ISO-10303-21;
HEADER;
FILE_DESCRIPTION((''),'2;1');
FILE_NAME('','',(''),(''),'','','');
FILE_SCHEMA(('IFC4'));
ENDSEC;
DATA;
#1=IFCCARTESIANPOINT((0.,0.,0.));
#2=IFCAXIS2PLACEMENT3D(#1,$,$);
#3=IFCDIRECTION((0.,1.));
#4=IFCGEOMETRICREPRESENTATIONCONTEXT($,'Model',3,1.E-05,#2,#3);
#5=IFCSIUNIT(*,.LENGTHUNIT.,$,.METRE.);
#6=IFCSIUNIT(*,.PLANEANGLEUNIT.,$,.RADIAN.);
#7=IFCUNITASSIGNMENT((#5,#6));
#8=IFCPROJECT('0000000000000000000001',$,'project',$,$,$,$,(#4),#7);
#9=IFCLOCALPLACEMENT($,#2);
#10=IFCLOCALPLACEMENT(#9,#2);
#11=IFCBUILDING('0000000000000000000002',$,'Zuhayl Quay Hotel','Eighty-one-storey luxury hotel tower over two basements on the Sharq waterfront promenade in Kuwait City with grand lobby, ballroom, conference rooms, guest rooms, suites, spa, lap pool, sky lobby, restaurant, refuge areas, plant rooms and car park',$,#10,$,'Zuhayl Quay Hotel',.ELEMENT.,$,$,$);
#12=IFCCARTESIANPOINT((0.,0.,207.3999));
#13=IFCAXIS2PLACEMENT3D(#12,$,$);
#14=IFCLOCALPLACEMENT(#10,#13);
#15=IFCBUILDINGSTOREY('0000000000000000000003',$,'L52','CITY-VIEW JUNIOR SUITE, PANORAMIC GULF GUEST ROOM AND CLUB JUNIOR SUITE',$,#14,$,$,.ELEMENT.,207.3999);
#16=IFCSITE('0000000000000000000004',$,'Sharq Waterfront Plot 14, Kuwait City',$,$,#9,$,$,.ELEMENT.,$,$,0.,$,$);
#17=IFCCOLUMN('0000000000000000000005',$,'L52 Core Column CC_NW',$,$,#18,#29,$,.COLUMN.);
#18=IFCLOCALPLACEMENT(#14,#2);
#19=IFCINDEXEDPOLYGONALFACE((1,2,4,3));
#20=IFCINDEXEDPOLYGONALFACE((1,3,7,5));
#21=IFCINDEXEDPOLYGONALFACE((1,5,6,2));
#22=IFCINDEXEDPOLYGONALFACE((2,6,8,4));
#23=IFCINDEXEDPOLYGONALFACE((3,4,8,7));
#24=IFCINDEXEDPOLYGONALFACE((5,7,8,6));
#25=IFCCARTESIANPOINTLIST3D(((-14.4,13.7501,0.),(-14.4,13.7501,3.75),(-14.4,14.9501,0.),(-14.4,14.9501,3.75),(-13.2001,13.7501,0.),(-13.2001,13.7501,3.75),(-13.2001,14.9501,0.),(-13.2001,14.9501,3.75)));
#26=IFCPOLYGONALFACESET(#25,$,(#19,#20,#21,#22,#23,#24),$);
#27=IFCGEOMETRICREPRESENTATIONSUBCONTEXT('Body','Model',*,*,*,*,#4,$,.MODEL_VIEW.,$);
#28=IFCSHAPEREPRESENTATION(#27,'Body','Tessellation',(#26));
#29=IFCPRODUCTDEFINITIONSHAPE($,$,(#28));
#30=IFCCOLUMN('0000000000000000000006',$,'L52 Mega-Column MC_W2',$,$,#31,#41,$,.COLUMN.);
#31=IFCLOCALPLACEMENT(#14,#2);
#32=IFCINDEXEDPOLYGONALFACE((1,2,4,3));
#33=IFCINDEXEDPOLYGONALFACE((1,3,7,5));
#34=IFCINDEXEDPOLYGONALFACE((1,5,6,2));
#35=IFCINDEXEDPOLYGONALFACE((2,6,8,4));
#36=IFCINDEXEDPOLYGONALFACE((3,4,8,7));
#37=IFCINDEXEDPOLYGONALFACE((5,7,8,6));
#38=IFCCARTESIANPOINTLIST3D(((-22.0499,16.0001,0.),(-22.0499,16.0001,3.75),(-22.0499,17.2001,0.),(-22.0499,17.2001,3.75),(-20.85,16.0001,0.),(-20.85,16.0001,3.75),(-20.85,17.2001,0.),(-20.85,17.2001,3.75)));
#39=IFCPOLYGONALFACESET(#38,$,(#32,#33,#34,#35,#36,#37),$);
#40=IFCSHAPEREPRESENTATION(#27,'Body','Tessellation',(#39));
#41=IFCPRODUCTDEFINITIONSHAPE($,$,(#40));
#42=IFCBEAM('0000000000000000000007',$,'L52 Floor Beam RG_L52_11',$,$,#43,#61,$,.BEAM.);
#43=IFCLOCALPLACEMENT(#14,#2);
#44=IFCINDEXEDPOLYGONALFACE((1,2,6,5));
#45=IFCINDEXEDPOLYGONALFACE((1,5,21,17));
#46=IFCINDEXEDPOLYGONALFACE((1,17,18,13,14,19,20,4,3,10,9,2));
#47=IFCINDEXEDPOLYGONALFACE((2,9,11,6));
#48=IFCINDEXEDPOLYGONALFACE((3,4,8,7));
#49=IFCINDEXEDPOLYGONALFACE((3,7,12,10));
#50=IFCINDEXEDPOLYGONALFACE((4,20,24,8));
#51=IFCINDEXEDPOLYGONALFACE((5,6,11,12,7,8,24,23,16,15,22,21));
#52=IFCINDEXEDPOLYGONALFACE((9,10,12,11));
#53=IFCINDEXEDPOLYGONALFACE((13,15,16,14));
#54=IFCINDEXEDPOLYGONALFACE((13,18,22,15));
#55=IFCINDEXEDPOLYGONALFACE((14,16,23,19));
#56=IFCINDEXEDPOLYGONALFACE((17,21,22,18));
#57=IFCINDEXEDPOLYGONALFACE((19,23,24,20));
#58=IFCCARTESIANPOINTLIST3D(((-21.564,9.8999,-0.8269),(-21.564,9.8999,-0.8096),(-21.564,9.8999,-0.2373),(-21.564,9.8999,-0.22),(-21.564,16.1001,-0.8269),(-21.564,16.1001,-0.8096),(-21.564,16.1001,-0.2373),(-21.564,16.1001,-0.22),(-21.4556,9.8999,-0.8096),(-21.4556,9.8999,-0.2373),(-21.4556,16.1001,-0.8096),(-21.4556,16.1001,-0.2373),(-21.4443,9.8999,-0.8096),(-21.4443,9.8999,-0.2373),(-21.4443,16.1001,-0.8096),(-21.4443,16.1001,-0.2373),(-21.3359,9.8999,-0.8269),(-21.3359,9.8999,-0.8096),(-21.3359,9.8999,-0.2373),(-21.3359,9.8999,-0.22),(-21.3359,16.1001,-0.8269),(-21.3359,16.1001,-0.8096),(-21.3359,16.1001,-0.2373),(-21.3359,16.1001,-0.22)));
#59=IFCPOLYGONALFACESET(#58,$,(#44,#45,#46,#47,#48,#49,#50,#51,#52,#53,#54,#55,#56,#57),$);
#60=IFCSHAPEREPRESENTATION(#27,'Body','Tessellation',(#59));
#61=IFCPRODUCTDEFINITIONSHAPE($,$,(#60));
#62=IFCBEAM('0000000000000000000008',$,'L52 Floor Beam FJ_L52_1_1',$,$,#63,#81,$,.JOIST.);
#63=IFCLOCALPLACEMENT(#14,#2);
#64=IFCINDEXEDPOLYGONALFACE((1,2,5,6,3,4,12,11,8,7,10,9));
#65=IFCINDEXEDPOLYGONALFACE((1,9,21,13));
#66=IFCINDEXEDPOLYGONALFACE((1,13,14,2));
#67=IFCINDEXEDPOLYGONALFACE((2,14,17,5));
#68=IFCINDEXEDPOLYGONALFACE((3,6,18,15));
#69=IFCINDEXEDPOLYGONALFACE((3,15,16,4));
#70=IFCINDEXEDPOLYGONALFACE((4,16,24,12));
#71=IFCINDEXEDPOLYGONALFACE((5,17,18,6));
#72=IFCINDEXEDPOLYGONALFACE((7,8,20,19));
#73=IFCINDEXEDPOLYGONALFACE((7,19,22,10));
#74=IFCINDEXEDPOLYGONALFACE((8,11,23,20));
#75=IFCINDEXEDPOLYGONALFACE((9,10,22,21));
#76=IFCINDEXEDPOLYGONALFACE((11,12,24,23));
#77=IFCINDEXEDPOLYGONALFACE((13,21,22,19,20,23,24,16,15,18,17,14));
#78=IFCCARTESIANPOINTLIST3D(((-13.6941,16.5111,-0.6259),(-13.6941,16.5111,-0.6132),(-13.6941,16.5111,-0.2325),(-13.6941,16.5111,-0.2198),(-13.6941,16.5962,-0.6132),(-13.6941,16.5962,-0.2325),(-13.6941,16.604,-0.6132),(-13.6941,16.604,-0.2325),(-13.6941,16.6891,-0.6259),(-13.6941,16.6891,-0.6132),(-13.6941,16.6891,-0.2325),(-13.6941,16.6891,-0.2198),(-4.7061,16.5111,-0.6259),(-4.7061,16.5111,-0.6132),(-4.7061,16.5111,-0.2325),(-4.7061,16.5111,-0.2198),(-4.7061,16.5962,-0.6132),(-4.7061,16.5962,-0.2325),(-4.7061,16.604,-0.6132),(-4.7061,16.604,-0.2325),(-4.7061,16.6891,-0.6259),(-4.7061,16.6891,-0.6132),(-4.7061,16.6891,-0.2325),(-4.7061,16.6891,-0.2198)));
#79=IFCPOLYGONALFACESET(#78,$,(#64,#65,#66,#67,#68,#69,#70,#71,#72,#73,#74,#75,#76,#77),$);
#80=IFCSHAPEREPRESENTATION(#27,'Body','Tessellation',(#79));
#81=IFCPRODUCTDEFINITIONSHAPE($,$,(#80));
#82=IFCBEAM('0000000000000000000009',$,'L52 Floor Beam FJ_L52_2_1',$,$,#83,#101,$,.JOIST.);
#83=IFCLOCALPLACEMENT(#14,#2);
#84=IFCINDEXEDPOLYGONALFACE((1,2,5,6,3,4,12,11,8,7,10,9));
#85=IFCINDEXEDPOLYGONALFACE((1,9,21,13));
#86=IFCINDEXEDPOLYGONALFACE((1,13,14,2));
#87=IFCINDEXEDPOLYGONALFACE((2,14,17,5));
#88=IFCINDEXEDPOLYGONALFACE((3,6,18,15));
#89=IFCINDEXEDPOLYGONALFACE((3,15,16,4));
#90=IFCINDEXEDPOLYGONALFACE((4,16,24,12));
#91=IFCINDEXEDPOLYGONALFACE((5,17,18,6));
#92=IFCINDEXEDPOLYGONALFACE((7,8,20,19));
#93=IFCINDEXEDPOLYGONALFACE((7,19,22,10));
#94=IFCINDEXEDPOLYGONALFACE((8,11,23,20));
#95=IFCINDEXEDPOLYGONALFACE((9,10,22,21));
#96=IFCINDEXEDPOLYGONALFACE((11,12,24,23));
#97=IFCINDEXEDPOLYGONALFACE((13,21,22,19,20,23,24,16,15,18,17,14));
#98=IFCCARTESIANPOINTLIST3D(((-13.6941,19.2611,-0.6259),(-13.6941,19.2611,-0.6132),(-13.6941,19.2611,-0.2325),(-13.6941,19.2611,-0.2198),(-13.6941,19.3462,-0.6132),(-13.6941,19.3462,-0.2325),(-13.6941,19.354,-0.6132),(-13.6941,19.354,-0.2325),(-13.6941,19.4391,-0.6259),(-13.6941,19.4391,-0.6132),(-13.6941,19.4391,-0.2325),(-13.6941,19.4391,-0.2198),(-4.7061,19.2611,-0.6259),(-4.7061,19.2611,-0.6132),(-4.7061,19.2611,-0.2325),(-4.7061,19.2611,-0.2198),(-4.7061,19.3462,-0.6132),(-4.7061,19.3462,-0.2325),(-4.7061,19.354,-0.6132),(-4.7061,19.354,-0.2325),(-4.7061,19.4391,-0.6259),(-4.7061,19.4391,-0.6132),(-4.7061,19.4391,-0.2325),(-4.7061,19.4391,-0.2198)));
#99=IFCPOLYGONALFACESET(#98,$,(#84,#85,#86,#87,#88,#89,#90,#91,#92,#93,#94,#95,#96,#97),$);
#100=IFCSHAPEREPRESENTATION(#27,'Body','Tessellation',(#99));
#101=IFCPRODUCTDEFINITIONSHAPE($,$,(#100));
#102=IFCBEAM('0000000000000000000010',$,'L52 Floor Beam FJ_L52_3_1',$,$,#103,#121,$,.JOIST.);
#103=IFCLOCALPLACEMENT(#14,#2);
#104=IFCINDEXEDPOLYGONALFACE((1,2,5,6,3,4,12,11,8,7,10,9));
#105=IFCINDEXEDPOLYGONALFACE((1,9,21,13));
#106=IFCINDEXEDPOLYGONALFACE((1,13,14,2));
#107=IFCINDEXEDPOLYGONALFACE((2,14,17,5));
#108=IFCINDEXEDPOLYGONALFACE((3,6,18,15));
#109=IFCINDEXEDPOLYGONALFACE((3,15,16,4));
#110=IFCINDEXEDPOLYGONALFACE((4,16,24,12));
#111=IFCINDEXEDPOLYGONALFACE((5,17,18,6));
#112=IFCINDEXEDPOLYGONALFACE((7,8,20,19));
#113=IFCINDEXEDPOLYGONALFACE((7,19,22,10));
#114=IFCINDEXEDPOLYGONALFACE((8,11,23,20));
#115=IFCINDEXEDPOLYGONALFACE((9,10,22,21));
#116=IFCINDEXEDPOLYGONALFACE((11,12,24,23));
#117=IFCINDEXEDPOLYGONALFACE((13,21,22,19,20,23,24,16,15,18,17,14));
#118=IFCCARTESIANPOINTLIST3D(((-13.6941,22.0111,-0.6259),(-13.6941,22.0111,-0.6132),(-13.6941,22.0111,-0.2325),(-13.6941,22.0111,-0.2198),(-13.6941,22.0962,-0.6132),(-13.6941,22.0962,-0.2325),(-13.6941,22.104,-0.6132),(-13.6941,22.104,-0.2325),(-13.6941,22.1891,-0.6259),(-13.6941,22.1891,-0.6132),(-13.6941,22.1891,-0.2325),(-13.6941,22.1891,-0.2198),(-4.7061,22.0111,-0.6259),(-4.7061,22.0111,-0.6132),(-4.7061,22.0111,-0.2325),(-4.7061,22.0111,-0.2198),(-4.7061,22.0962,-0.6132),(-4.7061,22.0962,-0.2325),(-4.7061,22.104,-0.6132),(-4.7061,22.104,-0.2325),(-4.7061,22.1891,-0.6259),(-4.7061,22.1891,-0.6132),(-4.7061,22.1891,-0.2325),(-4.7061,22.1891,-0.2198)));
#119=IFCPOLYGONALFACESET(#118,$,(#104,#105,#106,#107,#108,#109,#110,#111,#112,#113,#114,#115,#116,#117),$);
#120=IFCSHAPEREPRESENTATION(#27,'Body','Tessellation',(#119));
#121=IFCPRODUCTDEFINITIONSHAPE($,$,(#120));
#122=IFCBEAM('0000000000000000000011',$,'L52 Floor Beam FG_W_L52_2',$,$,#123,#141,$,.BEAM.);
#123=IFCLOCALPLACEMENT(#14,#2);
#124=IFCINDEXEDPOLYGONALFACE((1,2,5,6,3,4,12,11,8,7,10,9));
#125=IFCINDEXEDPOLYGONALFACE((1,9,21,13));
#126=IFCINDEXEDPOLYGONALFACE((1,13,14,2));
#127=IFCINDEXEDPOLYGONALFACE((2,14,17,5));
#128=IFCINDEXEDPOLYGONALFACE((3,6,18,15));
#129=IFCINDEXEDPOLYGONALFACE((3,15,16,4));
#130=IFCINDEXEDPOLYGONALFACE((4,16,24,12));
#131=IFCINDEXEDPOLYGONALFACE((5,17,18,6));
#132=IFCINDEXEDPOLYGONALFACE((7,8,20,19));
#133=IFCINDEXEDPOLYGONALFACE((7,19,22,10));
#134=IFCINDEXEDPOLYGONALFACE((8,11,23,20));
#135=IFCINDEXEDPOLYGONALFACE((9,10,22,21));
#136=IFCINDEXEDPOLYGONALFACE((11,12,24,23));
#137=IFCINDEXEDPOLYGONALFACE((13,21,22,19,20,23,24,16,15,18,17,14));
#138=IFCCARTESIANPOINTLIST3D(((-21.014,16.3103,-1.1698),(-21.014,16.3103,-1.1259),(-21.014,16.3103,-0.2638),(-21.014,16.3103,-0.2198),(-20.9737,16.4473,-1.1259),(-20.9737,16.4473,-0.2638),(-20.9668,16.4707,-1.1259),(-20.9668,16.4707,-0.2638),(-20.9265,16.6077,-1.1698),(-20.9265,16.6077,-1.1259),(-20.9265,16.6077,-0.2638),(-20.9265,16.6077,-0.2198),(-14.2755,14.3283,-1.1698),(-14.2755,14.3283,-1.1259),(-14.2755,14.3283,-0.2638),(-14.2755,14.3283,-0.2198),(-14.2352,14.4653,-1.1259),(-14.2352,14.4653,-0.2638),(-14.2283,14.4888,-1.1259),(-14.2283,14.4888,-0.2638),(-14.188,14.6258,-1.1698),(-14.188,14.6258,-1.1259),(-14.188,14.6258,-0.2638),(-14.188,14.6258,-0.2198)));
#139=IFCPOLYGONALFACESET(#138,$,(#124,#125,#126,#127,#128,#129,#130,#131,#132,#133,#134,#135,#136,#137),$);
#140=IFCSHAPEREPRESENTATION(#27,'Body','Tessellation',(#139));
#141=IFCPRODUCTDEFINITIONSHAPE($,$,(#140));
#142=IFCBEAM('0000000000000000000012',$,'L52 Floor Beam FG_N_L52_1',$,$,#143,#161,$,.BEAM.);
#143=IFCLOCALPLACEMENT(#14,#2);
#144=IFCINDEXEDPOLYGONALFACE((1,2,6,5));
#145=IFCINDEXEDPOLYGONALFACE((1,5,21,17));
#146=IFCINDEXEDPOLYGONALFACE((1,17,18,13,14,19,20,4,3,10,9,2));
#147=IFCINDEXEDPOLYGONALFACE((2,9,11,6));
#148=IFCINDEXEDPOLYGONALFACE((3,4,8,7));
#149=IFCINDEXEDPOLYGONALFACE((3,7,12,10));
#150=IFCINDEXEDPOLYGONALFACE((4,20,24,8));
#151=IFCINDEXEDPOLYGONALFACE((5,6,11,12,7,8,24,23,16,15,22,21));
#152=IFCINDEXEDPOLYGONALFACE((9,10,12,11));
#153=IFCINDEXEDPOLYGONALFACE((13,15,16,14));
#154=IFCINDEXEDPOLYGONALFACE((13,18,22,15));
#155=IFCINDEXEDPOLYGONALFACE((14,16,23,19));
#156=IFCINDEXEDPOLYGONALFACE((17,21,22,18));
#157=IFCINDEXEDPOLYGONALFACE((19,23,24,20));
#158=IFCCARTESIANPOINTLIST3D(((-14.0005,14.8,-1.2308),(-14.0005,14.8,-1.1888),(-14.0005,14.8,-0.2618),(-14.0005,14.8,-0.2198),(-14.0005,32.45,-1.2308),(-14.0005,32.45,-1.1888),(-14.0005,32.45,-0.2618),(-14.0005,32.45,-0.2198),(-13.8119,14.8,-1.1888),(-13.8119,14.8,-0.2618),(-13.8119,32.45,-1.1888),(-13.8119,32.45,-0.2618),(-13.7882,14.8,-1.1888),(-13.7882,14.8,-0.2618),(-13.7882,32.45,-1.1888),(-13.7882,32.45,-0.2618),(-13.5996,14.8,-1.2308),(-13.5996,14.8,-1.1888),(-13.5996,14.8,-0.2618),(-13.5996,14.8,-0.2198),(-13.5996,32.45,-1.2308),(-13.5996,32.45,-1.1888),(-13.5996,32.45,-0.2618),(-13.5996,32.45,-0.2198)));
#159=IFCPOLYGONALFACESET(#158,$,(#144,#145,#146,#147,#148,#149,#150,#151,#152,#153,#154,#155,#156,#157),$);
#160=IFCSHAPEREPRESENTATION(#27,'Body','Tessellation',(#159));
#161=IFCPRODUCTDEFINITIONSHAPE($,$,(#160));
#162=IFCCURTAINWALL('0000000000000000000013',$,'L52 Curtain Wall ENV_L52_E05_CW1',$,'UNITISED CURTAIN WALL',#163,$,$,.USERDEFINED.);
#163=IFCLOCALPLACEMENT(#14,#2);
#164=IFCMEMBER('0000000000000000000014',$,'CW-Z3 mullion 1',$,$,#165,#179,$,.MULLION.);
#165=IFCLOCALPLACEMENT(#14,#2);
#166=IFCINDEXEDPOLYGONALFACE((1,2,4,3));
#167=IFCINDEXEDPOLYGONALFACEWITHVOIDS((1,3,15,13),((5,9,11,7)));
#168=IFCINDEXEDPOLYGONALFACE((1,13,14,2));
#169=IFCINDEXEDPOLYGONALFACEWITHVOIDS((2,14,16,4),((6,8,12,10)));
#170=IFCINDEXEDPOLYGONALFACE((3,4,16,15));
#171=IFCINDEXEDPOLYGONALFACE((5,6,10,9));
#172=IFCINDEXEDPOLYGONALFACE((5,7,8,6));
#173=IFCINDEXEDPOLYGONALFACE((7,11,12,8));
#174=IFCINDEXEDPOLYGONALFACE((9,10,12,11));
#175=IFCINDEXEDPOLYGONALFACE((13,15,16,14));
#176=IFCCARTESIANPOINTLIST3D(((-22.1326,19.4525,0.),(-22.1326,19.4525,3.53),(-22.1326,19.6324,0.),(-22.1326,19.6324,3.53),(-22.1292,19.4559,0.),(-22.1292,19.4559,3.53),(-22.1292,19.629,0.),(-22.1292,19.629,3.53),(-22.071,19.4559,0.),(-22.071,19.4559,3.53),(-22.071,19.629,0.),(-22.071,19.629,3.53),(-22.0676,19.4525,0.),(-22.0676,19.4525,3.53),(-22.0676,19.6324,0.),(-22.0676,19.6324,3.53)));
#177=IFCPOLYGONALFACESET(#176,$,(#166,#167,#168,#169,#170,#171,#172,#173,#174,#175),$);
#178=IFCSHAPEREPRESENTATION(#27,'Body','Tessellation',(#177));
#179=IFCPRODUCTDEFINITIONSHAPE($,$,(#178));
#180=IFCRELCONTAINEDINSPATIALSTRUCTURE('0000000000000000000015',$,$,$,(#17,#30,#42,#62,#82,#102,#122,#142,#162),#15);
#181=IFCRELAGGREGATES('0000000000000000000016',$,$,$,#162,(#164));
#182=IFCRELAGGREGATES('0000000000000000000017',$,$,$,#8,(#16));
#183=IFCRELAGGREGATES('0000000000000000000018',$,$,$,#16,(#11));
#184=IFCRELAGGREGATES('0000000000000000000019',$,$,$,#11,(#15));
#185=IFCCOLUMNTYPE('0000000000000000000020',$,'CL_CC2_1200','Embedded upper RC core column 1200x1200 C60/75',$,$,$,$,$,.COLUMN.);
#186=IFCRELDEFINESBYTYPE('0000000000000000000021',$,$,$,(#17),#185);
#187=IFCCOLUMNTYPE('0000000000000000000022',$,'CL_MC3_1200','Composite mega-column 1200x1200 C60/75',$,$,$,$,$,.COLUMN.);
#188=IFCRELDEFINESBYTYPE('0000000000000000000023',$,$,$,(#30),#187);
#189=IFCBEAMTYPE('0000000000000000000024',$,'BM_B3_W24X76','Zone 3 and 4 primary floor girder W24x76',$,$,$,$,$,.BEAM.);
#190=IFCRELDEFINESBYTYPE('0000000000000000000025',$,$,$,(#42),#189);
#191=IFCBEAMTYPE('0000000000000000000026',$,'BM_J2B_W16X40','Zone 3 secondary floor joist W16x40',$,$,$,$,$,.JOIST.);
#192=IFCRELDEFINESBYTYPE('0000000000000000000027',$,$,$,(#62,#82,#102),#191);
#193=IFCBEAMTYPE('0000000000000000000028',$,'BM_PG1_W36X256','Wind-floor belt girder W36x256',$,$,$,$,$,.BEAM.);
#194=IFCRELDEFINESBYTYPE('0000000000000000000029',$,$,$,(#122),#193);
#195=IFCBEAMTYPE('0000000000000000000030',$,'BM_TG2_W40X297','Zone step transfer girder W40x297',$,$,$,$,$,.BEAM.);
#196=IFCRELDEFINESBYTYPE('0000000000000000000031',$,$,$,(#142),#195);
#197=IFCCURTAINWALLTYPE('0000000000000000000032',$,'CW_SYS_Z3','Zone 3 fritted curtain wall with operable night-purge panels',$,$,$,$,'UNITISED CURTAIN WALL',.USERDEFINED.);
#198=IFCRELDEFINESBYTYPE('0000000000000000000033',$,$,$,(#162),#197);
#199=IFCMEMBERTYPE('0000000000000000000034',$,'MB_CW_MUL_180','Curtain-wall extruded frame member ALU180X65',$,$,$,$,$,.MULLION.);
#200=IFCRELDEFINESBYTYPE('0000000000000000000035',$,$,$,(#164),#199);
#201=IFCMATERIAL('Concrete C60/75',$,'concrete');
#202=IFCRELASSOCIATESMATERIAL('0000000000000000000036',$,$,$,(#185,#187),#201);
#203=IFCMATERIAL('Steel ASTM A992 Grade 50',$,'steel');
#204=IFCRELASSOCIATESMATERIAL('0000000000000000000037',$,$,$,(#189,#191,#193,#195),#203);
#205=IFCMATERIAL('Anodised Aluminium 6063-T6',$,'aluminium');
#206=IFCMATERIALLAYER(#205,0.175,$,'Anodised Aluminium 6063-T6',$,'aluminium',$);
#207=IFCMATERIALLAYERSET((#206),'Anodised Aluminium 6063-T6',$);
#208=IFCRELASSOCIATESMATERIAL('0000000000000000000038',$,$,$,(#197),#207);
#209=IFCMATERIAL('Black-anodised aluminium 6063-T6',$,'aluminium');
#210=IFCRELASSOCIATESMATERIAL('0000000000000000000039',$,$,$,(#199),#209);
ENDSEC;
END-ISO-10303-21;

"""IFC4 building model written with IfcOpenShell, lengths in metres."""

from ifc_helpers import new_model, si_unit, direction, frame, origin, origin_2d, place, context, subcontext, project, spatial, rectangle, hollow_rectangle, i_section, extrude, material, layer, layer_set, material_profile, profile_set, type_object, element, aggregate, save


model = new_model("IFC4")

# Units and contexts
model_context = context("Model", 3, precision=1e-05, world=origin(), true_north=direction((0.0, 1.0)))
body_context = subcontext(model_context, "Body", "Model", "MODEL_VIEW")
ifc_project = project(units=[si_unit("LENGTHUNIT", "METRE"), si_unit("PLANEANGLEUNIT", "RADIAN")], contexts=[model_context])

# Site, building, storey
site_placement = place(None, origin())
site = spatial("IfcSite", under=ifc_project, at=site_placement, Name="Sharq Waterfront Plot 14, Kuwait City", CompositionType="ELEMENT", RefElevation=0.0)
building_placement = place(site_placement, origin())
building = spatial("IfcBuilding", under=site, at=building_placement, Name="Zuhayl Quay Hotel", Description="Eighty-one-storey luxury hotel tower over two basements on the Sharq waterfront promenade in Kuwait City with grand lobby, ballroom, conference rooms, guest rooms, suites, spa, lap pool, sky lobby, restaurant, refuge areas, plant rooms and car park", LongName="Zuhayl Quay Hotel", CompositionType="ELEMENT")
storey_placement = place(building_placement, frame((0.0, 0.0, 207.3999)))
storey = spatial("IfcBuildingStorey", under=building, at=storey_placement, Name="L52", Description="CITY-VIEW JUNIOR SUITE, PANORAMIC GULF GUEST ROOM AND CLUB JUNIOR SUITE", CompositionType="ELEMENT", Elevation=207.3999)

# Columns
ifc_material_1 = material(Name="Concrete C60/75", Category="concrete")
ifc_material_profile_1 = material_profile(ifc_material_1, rectangle(XDim=1.2, YDim=1.2, at=origin_2d()), Name="RC1200X1200")
ifc_profile_set_1 = profile_set([ifc_material_profile_1], Name="Concrete C60/75")
column_type_1 = type_object("IfcColumnType", Name="CL_CC2_1200", Description="Embedded upper RC core column 1200x1200 C60/75", PredefinedType="COLUMN", material=ifc_profile_set_1)
column_1_placement = place(storey_placement, frame((-13.8, 14.3501, 0.0), z_axis=(0.0, 0.0, 1.0), x_axis=(1.0, 0.0, 0.0)))
element("IfcColumn", 1, at=column_1_placement, inside=storey, type_object=column_type_1, Name="L52 Core Column CC_NW", PredefinedType="COLUMN", context=body_context, shape_type="SweptSolid", body=[
    extrude(rectangle(XDim=1.2, YDim=1.2, at=origin_2d()), origin(), (0.0, 0.0, 1.0), 3.75),
])
ifc_material_profile_2 = material_profile(ifc_material_1, rectangle(XDim=1.2, YDim=1.2, at=origin_2d()), Name="RC1200X1200")
ifc_profile_set_2 = profile_set([ifc_material_profile_2], Name="Concrete C60/75")
column_type_2 = type_object("IfcColumnType", Name="CL_MC3_1200", Description="Composite mega-column 1200x1200 C60/75", PredefinedType="COLUMN", material=ifc_profile_set_2)
column_2_placement = place(storey_placement, frame((-21.45, 16.6001, 0.0), z_axis=(0.0, 0.0, 1.0), x_axis=(1.0, 0.0, 0.0)))
element("IfcColumn", 2, at=column_2_placement, inside=storey, type_object=column_type_2, Name="L52 Mega-Column MC_W2", PredefinedType="COLUMN", context=body_context, shape_type="SweptSolid", body=[
    extrude(rectangle(XDim=1.2, YDim=1.2, at=origin_2d()), origin(), (0.0, 0.0, 1.0), 3.75),
])

# Beams
ifc_material_2 = material(Name="Steel ASTM A992 Grade 50", Category="steel")
ifc_material_profile_3 = material_profile(ifc_material_2, i_section(OverallWidth=0.228, OverallDepth=0.6069, WebThickness=0.0112, FlangeThickness=0.0173, at=origin_2d()), Name="W24X76")
ifc_profile_set_3 = profile_set([ifc_material_profile_3], Name="Steel ASTM A992 Grade 50")
beam_type_1 = type_object("IfcBeamType", Name="BM_B3_W24X76", Description="Zone 3 and 4 primary floor girder W24x76", PredefinedType="BEAM", material=ifc_profile_set_3)
beam_1_placement = place(storey_placement, frame((-21.45, 16.1001, -0.5234), z_axis=(0.0, -1.0, 0.0), x_axis=(1.0, 0.0, 0.0)))
element("IfcBeam", 3, at=beam_1_placement, inside=storey, type_object=beam_type_1, Name="L52 Floor Beam RG_L52_11", PredefinedType="BEAM", context=body_context, shape_type="SweptSolid", body=[
    extrude(i_section(OverallWidth=0.228, OverallDepth=0.6069, WebThickness=0.0112, FlangeThickness=0.0173, at=origin_2d()), origin(), (0.0, 0.0, 1.0), 6.2002),
])
ifc_material_profile_4 = material_profile(ifc_material_2, i_section(OverallWidth=0.178, OverallDepth=0.406, WebThickness=0.0078, FlangeThickness=0.0127, at=origin_2d()), Name="W16X40")
ifc_profile_set_4 = profile_set([ifc_material_profile_4], Name="Steel ASTM A992 Grade 50")
beam_type_2 = type_object("IfcBeamType", Name="BM_J2B_W16X40", Description="Zone 3 secondary floor joist W16x40", PredefinedType="JOIST", material=ifc_profile_set_4)
for number, where, z_axis, x_axis, name in (
    (4, (-13.6941, 16.6001, -0.4229), (1.0, 0.0, 0.0), (0.0, 1.0, 0.0), "L52 Floor Beam FJ_L52_1_1"),
    (5, (-13.6941, 19.3501, -0.4229), (1.0, 0.0, 0.0), (0.0, 1.0, 0.0), "L52 Floor Beam FJ_L52_2_1"),
    (6, (-13.6941, 22.1001, -0.4229), (1.0, 0.0, 0.0), (0.0, 1.0, 0.0), "L52 Floor Beam FJ_L52_3_1"),
):
    element("IfcBeam", number, at=place(storey_placement, frame(where, z_axis=z_axis, x_axis=x_axis)), inside=storey, type_object=beam_type_2, Name=name, PredefinedType="JOIST", context=body_context, shape_type="SweptSolid", body=[
        extrude(i_section(OverallWidth=0.178, OverallDepth=0.406, WebThickness=0.0078, FlangeThickness=0.0127, at=origin_2d()), origin(), (0.0, 0.0, 1.0), 8.988),
    ])
ifc_material_profile_5 = material_profile(ifc_material_2, i_section(OverallWidth=0.3101, OverallDepth=0.95, WebThickness=0.0244, FlangeThickness=0.0439, at=origin_2d()), Name="W36X256")
ifc_profile_set_5 = profile_set([ifc_material_profile_5], Name="Steel ASTM A992 Grade 50")
beam_type_3 = type_object("IfcBeamType", Name="BM_PG1_W36X256", Description="Wind-floor belt girder W36x256", PredefinedType="BEAM", material=ifc_profile_set_5)
beam_2_placement = place(storey_placement, frame((-20.9702, 16.459, -0.6948), z_axis=(0.959365, -0.282168, 0.0), x_axis=(0.282168, 0.959365, 0.0)))
element("IfcBeam", 7, at=beam_2_placement, inside=storey, type_object=beam_type_3, Name="L52 Floor Beam FG_W_L52_2", PredefinedType="BEAM", context=body_context, shape_type="SweptSolid", body=[
    extrude(i_section(OverallWidth=0.3101, OverallDepth=0.95, WebThickness=0.0244, FlangeThickness=0.0439, at=origin_2d()), origin(), (0.0, 0.0, 1.0), 7.0239),
])
ifc_material_profile_6 = material_profile(ifc_material_2, i_section(OverallWidth=0.4009, OverallDepth=1.011, WebThickness=0.0237, FlangeThickness=0.042, at=origin_2d()), Name="W40X297")
ifc_profile_set_6 = profile_set([ifc_material_profile_6], Name="Steel ASTM A992 Grade 50")
beam_type_4 = type_object("IfcBeamType", Name="BM_TG2_W40X297", Description="Zone step transfer girder W40x297", PredefinedType="BEAM", material=ifc_profile_set_6)
beam_3_placement = place(storey_placement, frame((-13.8, 14.8, -0.7253), z_axis=(0.0, 1.0, 0.0), x_axis=(-1.0, 0.0, 0.0)))
element("IfcBeam", 8, at=beam_3_placement, inside=storey, type_object=beam_type_4, Name="L52 Floor Beam FG_N_L52_1", PredefinedType="BEAM", context=body_context, shape_type="SweptSolid", body=[
    extrude(i_section(OverallWidth=0.4009, OverallDepth=1.011, WebThickness=0.0237, FlangeThickness=0.042, at=origin_2d()), origin(), (0.0, 0.0, 1.0), 17.6499),
])

# Curtain wall, member
ifc_material_3 = material(Name="Anodised Aluminium 6063-T6", Category="aluminium")
ifc_layer_1 = layer(ifc_material_3, 0.175, Name="Anodised Aluminium 6063-T6", Category="aluminium")
ifc_layer_set_1 = layer_set([ifc_layer_1], Name="Anodised Aluminium 6063-T6")
curtain_wall_type = type_object("IfcCurtainWallType", Name="CW_SYS_Z3", Description="Zone 3 fritted curtain wall with operable night-purge panels", ElementType="UNITISED CURTAIN WALL", PredefinedType="USERDEFINED", material=ifc_layer_set_1)
curtain_wall_placement = place(storey_placement, origin())
curtain_wall = element("IfcCurtainWall", 9, at=curtain_wall_placement, inside=storey, type_object=curtain_wall_type, Name="L52 Curtain Wall ENV_L52_E05_CW1", ObjectType="UNITISED CURTAIN WALL", PredefinedType="USERDEFINED")
ifc_material_4 = material(Name="Black-anodised aluminium 6063-T6", Category="aluminium")
ifc_material_profile_7 = material_profile(ifc_material_4, hollow_rectangle(XDim=0.0649, YDim=0.1799, WallThickness=0.0034, at=origin_2d()), Name="ALU180X65")
ifc_profile_set_7 = profile_set([ifc_material_profile_7], Name="Black-anodised aluminium 6063-T6")
member_type_1 = type_object("IfcMemberType", Name="MB_CW_MUL_180", Description="Curtain-wall extruded frame member ALU180X65", PredefinedType="MULLION", material=ifc_profile_set_7)
member_1_placement = place(storey_placement, frame((-22.1001, 19.5425, 0.0), z_axis=(0.0, 0.0, 1.0), x_axis=(-1.0, 0.0, 0.0)))
member_1 = element("IfcMember", 10, at=member_1_placement, type_object=member_type_1, Name="CW-Z3 mullion 1", PredefinedType="MULLION", context=body_context, shape_type="SweptSolid", body=[
    extrude(hollow_rectangle(XDim=0.0649, YDim=0.1799, WallThickness=0.0034, at=origin_2d()), origin(), (0.0, 0.0, 1.0), 3.53),
])
aggregate(curtain_wall, [member_1])

save(model, "model.ifc")
